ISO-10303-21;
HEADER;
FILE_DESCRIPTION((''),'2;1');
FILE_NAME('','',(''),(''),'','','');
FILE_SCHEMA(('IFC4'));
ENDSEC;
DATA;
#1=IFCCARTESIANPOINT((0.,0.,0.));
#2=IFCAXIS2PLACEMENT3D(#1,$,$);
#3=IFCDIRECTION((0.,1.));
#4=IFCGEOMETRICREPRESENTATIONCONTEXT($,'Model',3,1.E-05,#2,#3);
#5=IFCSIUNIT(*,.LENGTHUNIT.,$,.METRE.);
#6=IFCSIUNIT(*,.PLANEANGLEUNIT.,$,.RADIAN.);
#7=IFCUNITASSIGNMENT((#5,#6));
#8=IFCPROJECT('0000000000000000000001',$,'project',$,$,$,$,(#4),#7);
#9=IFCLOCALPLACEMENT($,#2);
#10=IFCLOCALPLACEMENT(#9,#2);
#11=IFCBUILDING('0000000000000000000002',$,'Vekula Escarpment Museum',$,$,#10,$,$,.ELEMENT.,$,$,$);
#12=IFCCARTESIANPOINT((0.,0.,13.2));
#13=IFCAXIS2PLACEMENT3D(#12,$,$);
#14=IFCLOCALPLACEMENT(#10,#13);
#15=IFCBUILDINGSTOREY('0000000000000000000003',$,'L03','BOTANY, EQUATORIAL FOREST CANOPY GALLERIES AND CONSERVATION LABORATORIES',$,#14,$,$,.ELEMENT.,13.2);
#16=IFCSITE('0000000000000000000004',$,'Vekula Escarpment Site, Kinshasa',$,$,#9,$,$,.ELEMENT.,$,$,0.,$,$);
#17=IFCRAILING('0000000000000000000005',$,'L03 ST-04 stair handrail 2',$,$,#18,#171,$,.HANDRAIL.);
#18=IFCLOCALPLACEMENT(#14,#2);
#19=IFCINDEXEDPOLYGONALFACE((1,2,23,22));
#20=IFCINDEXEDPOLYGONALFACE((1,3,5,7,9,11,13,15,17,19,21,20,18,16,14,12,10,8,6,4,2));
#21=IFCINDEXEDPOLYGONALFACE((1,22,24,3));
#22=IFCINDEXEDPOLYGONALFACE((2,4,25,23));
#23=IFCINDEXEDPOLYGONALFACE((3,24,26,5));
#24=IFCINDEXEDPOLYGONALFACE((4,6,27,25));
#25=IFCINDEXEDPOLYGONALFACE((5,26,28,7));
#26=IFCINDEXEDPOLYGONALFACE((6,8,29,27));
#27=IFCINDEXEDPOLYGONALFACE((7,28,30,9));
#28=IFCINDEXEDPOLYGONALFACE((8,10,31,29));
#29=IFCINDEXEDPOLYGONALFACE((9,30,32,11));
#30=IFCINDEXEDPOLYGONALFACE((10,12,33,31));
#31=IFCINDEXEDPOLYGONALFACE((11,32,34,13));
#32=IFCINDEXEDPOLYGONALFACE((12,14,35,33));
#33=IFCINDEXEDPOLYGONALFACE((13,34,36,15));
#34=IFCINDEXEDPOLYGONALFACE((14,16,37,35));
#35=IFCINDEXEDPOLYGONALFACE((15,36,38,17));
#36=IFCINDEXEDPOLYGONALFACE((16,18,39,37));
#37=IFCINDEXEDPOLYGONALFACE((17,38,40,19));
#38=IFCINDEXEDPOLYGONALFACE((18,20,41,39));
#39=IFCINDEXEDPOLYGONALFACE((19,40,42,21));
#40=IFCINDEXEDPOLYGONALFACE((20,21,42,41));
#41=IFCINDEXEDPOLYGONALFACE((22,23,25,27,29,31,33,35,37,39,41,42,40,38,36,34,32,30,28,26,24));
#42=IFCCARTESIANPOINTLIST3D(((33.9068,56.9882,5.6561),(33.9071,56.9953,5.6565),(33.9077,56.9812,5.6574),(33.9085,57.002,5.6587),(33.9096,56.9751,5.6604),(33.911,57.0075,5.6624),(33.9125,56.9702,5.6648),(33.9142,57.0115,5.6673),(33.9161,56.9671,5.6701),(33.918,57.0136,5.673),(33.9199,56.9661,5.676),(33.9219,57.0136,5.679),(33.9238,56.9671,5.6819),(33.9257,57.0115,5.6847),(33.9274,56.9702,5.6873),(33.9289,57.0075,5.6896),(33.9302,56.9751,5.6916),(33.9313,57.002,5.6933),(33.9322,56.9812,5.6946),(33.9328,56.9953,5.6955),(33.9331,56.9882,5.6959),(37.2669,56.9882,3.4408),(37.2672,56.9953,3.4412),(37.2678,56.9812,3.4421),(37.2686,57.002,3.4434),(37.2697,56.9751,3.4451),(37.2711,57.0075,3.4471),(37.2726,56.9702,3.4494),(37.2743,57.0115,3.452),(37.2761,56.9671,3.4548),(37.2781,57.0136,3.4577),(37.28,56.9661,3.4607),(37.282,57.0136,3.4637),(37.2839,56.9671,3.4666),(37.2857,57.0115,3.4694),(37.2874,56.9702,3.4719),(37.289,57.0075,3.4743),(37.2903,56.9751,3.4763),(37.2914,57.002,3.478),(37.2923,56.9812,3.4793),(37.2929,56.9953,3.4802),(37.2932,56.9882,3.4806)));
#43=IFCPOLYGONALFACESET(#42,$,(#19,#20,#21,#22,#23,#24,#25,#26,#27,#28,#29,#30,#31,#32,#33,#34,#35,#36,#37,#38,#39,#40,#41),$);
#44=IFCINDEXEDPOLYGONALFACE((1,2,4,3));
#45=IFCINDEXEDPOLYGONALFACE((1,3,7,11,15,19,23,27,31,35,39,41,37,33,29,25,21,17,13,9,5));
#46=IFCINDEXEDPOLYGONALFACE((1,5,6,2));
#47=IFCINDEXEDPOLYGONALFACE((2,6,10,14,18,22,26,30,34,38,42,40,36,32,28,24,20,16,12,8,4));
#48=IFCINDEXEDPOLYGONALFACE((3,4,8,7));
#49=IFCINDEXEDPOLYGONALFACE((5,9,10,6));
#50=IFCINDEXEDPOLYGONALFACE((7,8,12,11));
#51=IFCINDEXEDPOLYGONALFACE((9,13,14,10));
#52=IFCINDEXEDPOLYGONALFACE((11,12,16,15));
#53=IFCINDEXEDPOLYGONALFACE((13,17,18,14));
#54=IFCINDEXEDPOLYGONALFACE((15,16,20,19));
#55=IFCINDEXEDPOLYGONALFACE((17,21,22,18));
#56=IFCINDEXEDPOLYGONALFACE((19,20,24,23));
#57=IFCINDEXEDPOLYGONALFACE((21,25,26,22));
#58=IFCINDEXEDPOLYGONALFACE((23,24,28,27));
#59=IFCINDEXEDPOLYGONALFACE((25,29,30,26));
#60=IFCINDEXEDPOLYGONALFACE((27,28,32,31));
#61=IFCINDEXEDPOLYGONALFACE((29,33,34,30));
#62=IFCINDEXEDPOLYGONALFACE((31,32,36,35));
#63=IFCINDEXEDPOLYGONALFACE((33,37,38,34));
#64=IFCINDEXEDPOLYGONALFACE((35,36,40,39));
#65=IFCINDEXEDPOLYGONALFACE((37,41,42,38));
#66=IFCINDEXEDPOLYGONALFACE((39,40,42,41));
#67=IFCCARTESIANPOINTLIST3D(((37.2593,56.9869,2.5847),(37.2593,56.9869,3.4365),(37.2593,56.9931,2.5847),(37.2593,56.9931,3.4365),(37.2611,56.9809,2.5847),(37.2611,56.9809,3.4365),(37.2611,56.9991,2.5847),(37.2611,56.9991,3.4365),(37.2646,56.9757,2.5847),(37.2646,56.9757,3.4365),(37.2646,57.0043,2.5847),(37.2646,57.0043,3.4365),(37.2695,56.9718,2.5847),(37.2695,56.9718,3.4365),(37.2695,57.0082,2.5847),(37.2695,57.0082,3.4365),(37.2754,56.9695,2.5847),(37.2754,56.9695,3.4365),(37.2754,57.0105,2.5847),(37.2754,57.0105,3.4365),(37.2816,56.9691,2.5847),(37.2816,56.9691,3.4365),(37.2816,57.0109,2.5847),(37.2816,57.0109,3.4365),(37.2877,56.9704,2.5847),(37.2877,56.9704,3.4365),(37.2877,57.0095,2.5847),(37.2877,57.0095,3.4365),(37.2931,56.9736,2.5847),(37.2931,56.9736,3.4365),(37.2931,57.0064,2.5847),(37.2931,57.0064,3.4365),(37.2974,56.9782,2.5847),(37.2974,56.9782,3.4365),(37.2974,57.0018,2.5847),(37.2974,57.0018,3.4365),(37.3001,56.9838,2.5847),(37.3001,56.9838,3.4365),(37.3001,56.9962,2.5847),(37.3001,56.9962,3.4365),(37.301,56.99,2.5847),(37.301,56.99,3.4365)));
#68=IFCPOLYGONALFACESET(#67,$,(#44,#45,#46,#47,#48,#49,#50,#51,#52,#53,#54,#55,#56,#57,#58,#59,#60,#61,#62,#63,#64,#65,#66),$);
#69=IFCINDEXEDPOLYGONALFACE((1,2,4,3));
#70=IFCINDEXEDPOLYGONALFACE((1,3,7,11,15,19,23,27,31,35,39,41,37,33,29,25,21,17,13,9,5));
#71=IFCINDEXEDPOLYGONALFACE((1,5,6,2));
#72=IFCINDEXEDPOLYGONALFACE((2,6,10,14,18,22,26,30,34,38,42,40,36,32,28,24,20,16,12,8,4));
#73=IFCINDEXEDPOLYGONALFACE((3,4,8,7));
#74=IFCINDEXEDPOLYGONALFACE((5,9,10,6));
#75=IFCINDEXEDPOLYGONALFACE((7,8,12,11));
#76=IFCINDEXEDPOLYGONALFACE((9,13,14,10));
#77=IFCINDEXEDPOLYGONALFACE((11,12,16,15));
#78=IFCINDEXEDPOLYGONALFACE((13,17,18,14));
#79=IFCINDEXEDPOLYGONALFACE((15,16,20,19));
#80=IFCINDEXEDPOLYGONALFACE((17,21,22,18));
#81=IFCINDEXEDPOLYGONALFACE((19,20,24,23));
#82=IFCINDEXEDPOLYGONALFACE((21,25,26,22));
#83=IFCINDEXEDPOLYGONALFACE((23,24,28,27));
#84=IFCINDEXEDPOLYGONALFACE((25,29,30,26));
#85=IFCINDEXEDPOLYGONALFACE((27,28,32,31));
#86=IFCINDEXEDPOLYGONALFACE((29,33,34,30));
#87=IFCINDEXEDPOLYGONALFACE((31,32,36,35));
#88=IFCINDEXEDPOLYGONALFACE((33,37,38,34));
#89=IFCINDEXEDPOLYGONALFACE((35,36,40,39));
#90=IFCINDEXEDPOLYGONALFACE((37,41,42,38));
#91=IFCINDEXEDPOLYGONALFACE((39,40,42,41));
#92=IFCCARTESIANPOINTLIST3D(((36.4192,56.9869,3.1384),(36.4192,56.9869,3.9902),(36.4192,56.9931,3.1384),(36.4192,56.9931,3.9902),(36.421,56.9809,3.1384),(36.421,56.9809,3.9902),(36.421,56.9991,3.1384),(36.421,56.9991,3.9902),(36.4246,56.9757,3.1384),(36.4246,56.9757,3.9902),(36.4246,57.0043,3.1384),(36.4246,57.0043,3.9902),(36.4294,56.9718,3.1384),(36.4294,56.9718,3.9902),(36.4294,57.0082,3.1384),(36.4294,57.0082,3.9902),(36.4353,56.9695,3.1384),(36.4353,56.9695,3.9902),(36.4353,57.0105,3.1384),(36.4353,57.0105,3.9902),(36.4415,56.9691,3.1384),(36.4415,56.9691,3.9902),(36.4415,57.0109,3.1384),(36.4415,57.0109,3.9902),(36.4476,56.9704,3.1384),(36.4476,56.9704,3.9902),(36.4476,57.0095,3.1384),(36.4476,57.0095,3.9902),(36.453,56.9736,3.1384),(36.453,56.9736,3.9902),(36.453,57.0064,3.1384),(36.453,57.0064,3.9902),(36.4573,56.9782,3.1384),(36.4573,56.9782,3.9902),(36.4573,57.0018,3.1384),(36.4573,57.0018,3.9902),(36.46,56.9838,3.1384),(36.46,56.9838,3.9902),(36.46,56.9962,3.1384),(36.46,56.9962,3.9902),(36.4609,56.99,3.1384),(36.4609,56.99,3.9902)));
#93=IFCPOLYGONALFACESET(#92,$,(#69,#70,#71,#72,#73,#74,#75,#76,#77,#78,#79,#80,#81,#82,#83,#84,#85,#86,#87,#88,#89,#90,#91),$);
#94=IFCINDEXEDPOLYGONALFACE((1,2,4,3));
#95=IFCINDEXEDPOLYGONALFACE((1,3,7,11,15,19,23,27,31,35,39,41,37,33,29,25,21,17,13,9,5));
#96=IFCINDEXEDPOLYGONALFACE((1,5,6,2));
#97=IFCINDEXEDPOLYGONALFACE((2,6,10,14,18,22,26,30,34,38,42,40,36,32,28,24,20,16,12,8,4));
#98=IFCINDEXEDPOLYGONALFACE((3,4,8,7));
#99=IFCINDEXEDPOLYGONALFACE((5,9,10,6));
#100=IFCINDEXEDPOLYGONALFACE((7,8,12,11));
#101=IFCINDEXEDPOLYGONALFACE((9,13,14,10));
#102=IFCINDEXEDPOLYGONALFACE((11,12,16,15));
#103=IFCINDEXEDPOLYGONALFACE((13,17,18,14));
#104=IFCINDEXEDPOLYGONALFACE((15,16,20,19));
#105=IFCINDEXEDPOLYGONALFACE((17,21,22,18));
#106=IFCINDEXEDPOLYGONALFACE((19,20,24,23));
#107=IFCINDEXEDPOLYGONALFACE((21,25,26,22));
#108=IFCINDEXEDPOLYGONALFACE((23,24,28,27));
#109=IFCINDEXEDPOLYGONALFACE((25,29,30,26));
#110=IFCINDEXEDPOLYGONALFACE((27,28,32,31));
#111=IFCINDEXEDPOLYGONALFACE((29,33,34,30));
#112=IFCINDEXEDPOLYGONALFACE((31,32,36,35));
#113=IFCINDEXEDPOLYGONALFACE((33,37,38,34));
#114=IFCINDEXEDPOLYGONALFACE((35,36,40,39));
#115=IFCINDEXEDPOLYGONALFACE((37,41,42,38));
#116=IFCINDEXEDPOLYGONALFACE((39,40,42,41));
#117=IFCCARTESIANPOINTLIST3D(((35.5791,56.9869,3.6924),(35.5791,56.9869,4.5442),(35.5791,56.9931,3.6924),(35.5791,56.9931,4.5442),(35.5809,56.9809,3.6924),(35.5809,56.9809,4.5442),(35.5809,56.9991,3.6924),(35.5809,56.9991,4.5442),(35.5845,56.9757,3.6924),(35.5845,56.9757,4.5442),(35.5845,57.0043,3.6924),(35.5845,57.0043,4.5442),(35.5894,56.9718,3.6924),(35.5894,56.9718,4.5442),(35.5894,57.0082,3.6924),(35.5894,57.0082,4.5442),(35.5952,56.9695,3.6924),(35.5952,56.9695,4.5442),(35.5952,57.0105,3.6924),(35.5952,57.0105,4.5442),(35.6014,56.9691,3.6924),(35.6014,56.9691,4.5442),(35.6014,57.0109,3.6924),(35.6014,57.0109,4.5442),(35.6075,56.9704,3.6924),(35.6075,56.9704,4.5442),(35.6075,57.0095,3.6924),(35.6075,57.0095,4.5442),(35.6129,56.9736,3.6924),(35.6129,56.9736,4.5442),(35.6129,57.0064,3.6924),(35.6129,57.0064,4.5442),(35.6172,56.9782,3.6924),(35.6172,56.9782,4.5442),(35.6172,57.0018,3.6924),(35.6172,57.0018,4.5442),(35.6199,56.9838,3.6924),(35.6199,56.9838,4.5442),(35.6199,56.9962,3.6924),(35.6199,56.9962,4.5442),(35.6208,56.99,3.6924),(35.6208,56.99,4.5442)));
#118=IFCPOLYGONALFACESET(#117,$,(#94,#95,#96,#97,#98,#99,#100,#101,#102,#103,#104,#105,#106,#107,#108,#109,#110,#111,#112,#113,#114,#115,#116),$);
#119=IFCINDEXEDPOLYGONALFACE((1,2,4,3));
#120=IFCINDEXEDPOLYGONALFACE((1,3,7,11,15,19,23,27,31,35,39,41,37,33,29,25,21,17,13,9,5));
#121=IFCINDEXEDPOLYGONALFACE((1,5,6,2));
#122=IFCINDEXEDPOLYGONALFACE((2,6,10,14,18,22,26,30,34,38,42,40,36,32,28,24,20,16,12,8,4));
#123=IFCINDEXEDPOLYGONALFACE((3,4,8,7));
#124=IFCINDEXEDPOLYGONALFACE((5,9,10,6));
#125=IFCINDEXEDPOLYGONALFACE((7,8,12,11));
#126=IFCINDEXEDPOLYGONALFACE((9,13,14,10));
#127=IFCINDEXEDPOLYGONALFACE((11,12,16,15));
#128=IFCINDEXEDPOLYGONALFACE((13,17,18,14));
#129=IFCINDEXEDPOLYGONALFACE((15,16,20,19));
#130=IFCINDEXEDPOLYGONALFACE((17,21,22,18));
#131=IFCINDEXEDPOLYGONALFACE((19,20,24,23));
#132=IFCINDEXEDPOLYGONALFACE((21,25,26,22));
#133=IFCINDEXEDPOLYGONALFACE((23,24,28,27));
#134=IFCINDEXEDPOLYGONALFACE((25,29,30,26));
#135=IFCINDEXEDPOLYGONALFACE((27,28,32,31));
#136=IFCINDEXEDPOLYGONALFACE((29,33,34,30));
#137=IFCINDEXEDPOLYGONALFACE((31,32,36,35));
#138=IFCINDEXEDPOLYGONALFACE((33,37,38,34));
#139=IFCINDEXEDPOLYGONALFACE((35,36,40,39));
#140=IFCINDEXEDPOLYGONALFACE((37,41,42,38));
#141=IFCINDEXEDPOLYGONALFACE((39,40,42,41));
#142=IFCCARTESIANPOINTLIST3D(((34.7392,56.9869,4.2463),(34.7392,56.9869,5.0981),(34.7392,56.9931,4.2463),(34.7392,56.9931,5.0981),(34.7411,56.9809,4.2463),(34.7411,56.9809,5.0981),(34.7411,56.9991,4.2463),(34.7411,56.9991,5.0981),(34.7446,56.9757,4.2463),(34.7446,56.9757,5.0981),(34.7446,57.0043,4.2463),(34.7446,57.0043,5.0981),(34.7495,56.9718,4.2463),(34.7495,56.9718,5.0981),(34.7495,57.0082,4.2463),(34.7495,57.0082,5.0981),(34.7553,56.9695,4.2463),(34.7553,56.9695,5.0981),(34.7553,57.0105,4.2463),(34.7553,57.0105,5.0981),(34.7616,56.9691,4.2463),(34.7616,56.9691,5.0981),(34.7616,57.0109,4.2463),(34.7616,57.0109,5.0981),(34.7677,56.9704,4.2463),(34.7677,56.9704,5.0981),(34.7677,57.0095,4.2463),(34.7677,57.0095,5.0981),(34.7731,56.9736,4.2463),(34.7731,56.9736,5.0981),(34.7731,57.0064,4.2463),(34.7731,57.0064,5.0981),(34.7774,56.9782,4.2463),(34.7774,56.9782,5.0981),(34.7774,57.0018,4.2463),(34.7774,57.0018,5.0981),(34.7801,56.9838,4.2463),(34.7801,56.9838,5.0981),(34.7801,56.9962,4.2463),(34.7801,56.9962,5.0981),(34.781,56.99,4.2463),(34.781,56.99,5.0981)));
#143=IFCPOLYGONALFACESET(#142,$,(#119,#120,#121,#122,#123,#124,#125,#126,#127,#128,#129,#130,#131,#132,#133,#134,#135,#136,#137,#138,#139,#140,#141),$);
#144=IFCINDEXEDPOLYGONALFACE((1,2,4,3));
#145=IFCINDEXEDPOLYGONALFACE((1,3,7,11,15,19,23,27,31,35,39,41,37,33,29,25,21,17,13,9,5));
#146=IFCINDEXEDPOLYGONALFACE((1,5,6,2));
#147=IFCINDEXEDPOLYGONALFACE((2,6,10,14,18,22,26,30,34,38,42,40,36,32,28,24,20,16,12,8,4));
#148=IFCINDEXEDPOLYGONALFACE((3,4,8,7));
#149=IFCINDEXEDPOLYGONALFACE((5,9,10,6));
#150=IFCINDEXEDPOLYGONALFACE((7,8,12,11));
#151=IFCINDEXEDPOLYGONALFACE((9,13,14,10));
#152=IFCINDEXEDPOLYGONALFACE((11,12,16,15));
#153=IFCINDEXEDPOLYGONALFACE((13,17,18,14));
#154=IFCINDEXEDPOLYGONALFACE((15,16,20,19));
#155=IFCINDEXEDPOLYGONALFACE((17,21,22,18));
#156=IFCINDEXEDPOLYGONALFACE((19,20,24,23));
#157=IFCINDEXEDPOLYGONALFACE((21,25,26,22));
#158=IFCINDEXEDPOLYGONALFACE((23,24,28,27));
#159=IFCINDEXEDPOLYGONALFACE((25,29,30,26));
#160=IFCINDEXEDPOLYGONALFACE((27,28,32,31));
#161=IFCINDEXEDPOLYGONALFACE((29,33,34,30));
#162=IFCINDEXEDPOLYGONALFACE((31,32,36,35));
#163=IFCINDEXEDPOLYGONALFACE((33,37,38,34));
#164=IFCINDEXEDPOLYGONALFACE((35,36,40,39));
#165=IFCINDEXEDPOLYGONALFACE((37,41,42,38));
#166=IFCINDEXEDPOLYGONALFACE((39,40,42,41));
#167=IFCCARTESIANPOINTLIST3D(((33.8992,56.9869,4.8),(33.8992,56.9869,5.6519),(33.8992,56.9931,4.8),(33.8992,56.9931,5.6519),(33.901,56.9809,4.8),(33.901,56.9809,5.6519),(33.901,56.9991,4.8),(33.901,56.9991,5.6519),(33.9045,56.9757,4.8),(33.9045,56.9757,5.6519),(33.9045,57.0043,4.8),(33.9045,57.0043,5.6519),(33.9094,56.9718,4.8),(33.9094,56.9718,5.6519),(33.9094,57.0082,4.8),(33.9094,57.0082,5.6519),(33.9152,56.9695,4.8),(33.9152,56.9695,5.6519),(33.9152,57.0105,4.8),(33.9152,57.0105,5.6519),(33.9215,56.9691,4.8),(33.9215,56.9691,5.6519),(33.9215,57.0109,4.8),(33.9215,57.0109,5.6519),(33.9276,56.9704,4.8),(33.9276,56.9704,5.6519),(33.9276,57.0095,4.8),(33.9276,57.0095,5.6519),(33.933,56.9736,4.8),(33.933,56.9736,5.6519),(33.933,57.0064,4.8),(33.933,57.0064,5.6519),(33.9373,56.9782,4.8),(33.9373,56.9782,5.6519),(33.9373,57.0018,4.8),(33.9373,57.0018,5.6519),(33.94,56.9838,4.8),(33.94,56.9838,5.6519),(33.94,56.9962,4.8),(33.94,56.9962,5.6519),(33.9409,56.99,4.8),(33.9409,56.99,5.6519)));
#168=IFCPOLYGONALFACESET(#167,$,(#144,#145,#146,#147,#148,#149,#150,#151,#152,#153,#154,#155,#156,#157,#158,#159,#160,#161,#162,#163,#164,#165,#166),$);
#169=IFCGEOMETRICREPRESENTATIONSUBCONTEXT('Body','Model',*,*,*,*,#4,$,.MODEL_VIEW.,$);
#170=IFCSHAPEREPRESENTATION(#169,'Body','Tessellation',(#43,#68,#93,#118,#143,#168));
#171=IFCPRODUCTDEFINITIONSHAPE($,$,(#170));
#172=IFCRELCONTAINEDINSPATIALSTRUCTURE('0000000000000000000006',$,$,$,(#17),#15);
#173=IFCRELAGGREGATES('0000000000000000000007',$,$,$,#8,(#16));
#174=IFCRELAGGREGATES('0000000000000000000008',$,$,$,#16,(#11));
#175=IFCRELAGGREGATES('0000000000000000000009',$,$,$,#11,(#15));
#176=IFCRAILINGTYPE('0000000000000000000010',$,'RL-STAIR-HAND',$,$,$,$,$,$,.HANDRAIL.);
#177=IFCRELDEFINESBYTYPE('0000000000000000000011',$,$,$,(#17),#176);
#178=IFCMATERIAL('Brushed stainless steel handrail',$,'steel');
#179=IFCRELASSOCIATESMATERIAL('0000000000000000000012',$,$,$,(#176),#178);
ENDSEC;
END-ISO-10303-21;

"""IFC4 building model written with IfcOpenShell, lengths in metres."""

from ifc_helpers import new_model, si_unit, direction, frame, origin, origin_2d, place, context, subcontext, project, spatial, circle, extrude, material, type_object, element, save


model = new_model("IFC4")

# Units and contexts
model_context = context("Model", 3, precision=1e-05, world=origin(), true_north=direction((0.0, 1.0)))
body_context = subcontext(model_context, "Body", "Model", "MODEL_VIEW")
ifc_project = project(units=[si_unit("LENGTHUNIT", "METRE"), si_unit("PLANEANGLEUNIT", "RADIAN")], contexts=[model_context])

# Site, building, storey
site_placement = place(None, origin())
site = spatial("IfcSite", under=ifc_project, at=site_placement, Name="Vekula Escarpment Site, Kinshasa", CompositionType="ELEMENT", RefElevation=0.0)
building_placement = place(site_placement, origin())
building = spatial("IfcBuilding", under=site, at=building_placement, Name="Vekula Escarpment Museum", CompositionType="ELEMENT")
storey_placement = place(building_placement, frame((0.0, 0.0, 13.2)))
storey = spatial("IfcBuildingStorey", under=building, at=storey_placement, Name="L03", Description="BOTANY, EQUATORIAL FOREST CANOPY GALLERIES AND CONSERVATION LABORATORIES", CompositionType="ELEMENT", Elevation=13.2)

# Railing
ifc_material_1 = material(Name="Brushed stainless steel handrail", Category="steel")
railing_type_1 = type_object("IfcRailingType", Name="RL-STAIR-HAND", PredefinedType="HANDRAIL", material=ifc_material_1)
railing_1_placement = place(storey_placement, frame((37.28, 56.99, 2.5847)))
element("IfcRailing", 1, at=railing_1_placement, inside=storey, type_object=railing_type_1, Name="L03 ST-04 stair handrail 2", PredefinedType="HANDRAIL", context=body_context, shape_type="SweptSolid", body=[
    extrude(circle(Radius=0.0239, at=origin_2d()), frame((0.0, 0.0, 0.876), z_axis=(-0.834876, 0.0, 0.550437), x_axis=(0.0, -1.0, 0.0)), (0.0, 0.0, 1.0), 4.0247),
    extrude(circle(Radius=0.021, at=origin_2d()), origin(), (0.0, 0.0, 1.0), 0.8518),
    extrude(circle(Radius=0.021, at=origin_2d()), frame((-0.8401, 0.0, 0.5537)), (0.0, 0.0, 1.0), 0.8518),
    extrude(circle(Radius=0.021, at=origin_2d()), frame((-1.6802, 0.0, 1.1077)), (0.0, 0.0, 1.0), 0.8518),
    extrude(circle(Radius=0.021, at=origin_2d()), frame((-2.52, 0.0, 1.6616)), (0.0, 0.0, 1.0), 0.8518),
    extrude(circle(Radius=0.021, at=origin_2d()), frame((-3.3601, 0.0, 2.2153)), (0.0, 0.0, 1.0), 0.8518),
])

save(model, "model.ifc")
